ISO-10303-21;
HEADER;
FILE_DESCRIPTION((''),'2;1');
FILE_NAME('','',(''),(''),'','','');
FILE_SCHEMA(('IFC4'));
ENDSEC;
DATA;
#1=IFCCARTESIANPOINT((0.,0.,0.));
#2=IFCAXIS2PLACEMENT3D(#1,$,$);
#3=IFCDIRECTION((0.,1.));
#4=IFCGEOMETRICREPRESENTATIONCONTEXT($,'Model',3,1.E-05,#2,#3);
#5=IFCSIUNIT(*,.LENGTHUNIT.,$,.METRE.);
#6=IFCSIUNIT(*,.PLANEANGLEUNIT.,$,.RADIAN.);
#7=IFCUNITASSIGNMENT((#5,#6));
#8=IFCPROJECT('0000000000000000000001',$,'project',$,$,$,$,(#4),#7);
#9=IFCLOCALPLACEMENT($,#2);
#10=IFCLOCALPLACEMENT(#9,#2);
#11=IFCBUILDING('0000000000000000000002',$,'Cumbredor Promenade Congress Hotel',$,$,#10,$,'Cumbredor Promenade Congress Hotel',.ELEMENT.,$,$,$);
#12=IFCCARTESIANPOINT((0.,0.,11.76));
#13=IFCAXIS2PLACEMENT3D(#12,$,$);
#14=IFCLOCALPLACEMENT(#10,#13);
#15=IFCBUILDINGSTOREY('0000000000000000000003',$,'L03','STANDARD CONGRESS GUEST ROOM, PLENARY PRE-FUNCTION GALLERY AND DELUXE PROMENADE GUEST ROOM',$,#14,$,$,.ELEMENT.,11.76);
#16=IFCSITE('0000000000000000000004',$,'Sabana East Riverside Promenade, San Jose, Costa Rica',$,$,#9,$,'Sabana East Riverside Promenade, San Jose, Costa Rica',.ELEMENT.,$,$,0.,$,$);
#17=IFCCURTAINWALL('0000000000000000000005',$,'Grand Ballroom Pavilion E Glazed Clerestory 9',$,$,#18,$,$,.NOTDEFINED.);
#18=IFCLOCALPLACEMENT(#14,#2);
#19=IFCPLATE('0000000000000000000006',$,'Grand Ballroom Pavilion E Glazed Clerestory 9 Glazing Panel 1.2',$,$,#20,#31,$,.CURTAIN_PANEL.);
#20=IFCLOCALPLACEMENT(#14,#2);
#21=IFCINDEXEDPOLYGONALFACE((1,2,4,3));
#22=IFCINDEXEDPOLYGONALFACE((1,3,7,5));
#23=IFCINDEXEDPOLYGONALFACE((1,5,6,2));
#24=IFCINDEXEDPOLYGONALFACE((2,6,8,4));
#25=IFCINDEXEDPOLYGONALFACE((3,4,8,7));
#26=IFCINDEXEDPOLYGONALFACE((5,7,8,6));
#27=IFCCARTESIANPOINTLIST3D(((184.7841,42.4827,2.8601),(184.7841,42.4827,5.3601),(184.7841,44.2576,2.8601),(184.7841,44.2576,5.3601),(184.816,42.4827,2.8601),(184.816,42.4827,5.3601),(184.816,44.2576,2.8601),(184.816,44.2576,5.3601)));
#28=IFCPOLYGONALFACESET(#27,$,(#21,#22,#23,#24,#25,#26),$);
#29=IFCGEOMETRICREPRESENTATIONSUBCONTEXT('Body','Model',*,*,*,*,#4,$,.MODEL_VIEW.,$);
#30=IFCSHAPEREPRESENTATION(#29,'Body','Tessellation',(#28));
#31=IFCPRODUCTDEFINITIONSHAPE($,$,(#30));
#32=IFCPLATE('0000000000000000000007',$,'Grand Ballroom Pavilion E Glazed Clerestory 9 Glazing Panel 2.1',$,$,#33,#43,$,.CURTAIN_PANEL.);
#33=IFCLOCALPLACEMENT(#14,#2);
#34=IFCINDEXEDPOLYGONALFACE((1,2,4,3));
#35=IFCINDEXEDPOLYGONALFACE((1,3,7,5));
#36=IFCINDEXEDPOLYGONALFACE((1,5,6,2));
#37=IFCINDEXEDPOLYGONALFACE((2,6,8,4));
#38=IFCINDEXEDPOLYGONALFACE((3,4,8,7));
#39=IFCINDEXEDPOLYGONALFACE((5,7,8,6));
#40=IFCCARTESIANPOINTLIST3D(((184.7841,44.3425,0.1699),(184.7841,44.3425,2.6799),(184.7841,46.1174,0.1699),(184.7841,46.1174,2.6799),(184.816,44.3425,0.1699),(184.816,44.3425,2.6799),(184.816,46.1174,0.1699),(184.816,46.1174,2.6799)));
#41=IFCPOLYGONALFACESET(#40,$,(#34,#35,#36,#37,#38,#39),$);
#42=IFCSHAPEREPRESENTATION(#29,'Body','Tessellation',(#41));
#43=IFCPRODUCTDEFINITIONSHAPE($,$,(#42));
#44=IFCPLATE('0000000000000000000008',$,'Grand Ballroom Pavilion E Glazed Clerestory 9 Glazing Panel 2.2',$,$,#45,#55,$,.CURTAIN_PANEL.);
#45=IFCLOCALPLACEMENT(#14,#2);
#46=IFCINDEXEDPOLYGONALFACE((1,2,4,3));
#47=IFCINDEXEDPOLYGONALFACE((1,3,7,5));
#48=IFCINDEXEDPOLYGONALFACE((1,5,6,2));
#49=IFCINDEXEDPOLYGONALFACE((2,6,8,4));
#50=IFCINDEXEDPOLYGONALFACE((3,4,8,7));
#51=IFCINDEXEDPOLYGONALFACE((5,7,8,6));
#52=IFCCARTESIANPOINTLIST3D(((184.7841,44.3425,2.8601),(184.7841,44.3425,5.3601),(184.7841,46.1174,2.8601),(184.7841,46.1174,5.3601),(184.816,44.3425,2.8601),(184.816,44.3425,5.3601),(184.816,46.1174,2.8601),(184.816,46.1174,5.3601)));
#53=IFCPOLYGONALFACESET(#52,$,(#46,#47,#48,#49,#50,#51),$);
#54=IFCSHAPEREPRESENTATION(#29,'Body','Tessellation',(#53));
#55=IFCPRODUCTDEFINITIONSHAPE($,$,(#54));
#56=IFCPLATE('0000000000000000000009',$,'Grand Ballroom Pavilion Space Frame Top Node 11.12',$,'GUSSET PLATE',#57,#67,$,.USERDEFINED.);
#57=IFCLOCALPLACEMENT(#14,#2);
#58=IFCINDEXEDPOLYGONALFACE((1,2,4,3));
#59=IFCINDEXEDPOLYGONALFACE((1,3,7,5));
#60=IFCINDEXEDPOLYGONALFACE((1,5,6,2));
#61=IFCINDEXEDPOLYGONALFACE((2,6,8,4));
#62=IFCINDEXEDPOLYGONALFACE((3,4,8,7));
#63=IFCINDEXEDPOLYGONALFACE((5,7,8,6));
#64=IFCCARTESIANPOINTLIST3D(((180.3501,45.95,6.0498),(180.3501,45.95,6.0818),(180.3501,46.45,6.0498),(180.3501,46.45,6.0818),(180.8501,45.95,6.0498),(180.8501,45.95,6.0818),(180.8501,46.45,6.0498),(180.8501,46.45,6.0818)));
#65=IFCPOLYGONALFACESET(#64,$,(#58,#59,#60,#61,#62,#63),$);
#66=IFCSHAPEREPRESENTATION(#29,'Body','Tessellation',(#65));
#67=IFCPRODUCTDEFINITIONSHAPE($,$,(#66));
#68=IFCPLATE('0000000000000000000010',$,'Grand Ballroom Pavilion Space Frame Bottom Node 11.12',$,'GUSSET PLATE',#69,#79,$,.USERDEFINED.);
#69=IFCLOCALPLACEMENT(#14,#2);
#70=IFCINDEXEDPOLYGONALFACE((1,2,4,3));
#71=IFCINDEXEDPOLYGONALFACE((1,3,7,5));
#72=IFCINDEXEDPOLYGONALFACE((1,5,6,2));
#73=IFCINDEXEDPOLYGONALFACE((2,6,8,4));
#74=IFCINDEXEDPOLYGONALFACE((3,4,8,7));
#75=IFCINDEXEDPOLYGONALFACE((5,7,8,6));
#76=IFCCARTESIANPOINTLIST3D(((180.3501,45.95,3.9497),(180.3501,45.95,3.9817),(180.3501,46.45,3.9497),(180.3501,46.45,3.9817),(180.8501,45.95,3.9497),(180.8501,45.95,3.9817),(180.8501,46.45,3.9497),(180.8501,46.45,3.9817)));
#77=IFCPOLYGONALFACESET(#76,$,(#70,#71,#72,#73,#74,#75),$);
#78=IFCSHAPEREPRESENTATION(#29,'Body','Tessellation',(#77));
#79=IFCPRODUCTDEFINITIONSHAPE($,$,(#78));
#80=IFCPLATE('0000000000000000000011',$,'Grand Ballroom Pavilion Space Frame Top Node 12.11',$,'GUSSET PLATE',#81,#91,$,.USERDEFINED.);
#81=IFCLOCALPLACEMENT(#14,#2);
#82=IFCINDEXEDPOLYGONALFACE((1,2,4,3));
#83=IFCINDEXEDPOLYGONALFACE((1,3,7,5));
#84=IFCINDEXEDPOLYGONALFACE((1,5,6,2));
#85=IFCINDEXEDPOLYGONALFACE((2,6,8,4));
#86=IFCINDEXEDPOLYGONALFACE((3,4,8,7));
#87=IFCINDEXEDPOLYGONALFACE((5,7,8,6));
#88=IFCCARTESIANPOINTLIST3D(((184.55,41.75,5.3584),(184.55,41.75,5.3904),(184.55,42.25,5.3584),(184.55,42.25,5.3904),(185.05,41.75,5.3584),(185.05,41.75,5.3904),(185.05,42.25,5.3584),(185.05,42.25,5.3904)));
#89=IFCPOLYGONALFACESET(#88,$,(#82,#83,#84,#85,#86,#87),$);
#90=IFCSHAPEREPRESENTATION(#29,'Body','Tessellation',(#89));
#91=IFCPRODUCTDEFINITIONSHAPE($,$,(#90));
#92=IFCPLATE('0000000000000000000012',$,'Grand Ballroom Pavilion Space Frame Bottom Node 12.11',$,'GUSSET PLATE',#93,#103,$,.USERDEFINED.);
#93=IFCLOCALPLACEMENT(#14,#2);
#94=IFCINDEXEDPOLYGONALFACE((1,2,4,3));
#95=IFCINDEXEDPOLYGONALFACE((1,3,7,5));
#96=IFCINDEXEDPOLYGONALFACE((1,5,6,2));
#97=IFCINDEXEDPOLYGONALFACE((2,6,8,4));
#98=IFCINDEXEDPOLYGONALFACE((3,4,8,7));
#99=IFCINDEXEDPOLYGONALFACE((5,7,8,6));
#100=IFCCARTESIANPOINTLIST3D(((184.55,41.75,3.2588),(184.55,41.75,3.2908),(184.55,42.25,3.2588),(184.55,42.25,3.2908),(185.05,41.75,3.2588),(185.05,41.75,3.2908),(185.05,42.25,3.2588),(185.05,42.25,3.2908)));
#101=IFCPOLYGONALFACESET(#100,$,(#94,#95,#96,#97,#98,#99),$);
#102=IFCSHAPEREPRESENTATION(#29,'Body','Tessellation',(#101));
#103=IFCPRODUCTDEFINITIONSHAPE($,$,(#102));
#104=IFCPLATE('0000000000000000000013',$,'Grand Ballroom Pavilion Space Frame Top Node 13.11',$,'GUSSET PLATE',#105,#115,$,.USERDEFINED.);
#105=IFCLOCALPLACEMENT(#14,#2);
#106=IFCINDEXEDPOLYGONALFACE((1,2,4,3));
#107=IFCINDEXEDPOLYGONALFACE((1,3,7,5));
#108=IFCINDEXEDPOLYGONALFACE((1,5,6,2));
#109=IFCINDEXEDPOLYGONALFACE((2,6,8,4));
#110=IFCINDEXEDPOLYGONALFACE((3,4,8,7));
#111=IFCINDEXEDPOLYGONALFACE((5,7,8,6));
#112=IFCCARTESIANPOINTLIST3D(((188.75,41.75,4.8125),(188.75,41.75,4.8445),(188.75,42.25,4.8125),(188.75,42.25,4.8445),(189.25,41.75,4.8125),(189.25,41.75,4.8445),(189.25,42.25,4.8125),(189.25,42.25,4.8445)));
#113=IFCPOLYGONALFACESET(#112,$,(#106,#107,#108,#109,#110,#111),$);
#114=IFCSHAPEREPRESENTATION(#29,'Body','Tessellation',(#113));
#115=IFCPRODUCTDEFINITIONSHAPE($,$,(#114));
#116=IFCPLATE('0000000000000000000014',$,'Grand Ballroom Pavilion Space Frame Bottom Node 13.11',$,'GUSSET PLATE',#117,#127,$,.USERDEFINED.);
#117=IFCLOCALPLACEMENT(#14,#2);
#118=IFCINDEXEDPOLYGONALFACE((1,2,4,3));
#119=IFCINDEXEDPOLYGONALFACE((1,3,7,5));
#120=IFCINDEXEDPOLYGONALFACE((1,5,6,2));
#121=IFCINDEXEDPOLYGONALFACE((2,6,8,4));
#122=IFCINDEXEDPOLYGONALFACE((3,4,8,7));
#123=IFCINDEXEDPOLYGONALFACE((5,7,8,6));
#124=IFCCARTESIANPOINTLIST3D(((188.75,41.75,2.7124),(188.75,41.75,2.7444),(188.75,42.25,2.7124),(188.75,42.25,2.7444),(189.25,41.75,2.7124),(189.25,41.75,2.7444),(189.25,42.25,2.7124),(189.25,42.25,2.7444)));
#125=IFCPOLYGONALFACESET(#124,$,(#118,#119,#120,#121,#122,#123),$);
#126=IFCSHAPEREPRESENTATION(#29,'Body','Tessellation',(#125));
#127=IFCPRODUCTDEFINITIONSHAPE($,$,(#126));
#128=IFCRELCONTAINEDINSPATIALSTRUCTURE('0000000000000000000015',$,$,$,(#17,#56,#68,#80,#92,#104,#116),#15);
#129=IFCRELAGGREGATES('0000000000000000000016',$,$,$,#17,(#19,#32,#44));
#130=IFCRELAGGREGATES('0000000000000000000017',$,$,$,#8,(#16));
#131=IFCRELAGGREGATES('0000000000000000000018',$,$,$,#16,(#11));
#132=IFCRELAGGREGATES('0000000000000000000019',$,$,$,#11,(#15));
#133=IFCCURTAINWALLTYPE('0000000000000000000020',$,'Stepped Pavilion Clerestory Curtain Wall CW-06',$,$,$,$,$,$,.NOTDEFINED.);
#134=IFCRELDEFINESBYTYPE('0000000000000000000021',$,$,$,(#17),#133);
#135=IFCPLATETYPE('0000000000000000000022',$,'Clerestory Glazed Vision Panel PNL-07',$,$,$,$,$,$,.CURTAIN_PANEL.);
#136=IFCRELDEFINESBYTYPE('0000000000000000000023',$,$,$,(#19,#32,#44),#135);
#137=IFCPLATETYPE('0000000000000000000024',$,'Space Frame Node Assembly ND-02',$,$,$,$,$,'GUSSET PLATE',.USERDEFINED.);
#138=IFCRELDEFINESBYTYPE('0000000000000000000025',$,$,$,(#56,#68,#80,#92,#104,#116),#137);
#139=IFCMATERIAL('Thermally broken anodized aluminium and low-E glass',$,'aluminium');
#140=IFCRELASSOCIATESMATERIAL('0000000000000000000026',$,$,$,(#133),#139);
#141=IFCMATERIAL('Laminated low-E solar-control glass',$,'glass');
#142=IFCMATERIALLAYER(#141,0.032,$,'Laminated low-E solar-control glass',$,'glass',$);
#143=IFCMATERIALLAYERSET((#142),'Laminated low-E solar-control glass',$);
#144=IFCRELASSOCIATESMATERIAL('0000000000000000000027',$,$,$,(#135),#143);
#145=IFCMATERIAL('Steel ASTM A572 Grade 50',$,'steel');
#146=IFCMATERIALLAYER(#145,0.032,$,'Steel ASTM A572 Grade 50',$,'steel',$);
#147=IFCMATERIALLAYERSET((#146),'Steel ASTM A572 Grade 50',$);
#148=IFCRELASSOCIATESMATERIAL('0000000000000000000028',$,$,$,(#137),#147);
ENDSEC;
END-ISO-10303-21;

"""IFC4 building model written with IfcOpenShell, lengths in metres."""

from ifc_helpers import new_model, si_unit, direction, frame, origin, origin_2d, place, context, subcontext, project, spatial, rectangle, extrude, material, layer, layer_set, type_object, element, aggregate, save


model = new_model("IFC4")

# Units and contexts
model_context = context("Model", 3, precision=1e-05, world=origin(), true_north=direction((0.0, 1.0)))
body_context = subcontext(model_context, "Body", "Model", "MODEL_VIEW")
ifc_project = project(units=[si_unit("LENGTHUNIT", "METRE"), si_unit("PLANEANGLEUNIT", "RADIAN")], contexts=[model_context])

# Site, building, storey
site_placement = place(None, origin())
site = spatial("IfcSite", under=ifc_project, at=site_placement, Name="Sabana East Riverside Promenade, San Jose, Costa Rica", LongName="Sabana East Riverside Promenade, San Jose, Costa Rica", CompositionType="ELEMENT", RefElevation=0.0)
building_placement = place(site_placement, origin())
building = spatial("IfcBuilding", under=site, at=building_placement, Name="Cumbredor Promenade Congress Hotel", LongName="Cumbredor Promenade Congress Hotel", CompositionType="ELEMENT")
storey_placement = place(building_placement, frame((0.0, 0.0, 11.76)))
storey = spatial("IfcBuildingStorey", under=building, at=storey_placement, Name="L03", Description="STANDARD CONGRESS GUEST ROOM, PLENARY PRE-FUNCTION GALLERY AND DELUXE PROMENADE GUEST ROOM", CompositionType="ELEMENT", Elevation=11.76)

# Shared definitions
ifc_material_1 = material(Name="Thermally broken anodized aluminium and low-E glass", Category="aluminium")
curtain_wall_type = type_object("IfcCurtainWallType", Name="Stepped Pavilion Clerestory Curtain Wall CW-06", PredefinedType="NOTDEFINED", material=ifc_material_1)

# Curtain wall
curtain_wall_1_placement = place(storey_placement, origin())
curtain_wall_1 = element("IfcCurtainWall", 1, at=curtain_wall_1_placement, inside=storey, type_object=curtain_wall_type, Name="Grand Ballroom Pavilion E Glazed Clerestory 9", PredefinedType="NOTDEFINED")

# Plates
ifc_material_2 = material(Name="Laminated low-E solar-control glass", Category="glass")
ifc_layer_1 = layer(ifc_material_2, 0.032, Name="Laminated low-E solar-control glass", Category="glass")
ifc_layer_set_1 = layer_set([ifc_layer_1], Name="Laminated low-E solar-control glass")
plate_type_1 = type_object("IfcPlateType", Name="Clerestory Glazed Vision Panel PNL-07", PredefinedType="CURTAIN_PANEL", material=ifc_layer_set_1)
plate_1_placement = place(storey_placement, frame((184.8, 43.3701, 2.8601), z_axis=(0.0, 0.0, 1.0), x_axis=(0.0, 1.0, 0.0)))
plate_1 = element("IfcPlate", 2, at=plate_1_placement, type_object=plate_type_1, Name="Grand Ballroom Pavilion E Glazed Clerestory 9 Glazing Panel 1.2", PredefinedType="CURTAIN_PANEL", context=body_context, shape_type="SweptSolid", body=[
    extrude(rectangle(XDim=1.7749, YDim=0.032, at=origin_2d()), origin(), (0.0, 0.0, 1.0), 2.5),
])
plate_2_placement = place(storey_placement, frame((184.8, 45.23, 0.1699), z_axis=(0.0, 0.0, 1.0), x_axis=(0.0, 1.0, 0.0)))
plate_2 = element("IfcPlate", 3, at=plate_2_placement, type_object=plate_type_1, Name="Grand Ballroom Pavilion E Glazed Clerestory 9 Glazing Panel 2.1", PredefinedType="CURTAIN_PANEL", context=body_context, shape_type="SweptSolid", body=[
    extrude(rectangle(XDim=1.7749, YDim=0.032, at=origin_2d()), origin(), (0.0, 0.0, 1.0), 2.51),
])
plate_3_placement = place(storey_placement, frame((184.8, 45.23, 2.8601), z_axis=(0.0, 0.0, 1.0), x_axis=(0.0, 1.0, 0.0)))
plate_3 = element("IfcPlate", 4, at=plate_3_placement, type_object=plate_type_1, Name="Grand Ballroom Pavilion E Glazed Clerestory 9 Glazing Panel 2.2", PredefinedType="CURTAIN_PANEL", context=body_context, shape_type="SweptSolid", body=[
    extrude(rectangle(XDim=1.7749, YDim=0.032, at=origin_2d()), origin(), (0.0, 0.0, 1.0), 2.5),
])
aggregate(curtain_wall_1, [plate_1, plate_2, plate_3])

# Plates
ifc_material_3 = material(Name="Steel ASTM A572 Grade 50", Category="steel")
ifc_layer_2 = layer(ifc_material_3, 0.032, Name="Steel ASTM A572 Grade 50", Category="steel")
ifc_layer_set_2 = layer_set([ifc_layer_2], Name="Steel ASTM A572 Grade 50")
plate_type_2 = type_object("IfcPlateType", Name="Space Frame Node Assembly ND-02", ElementType="GUSSET PLATE", PredefinedType="USERDEFINED", material=ifc_layer_set_2)
for number, where, z_axis, x_axis, name in (
    (5, (180.6001, 46.2, 6.0498), (0.0, 0.0, 1.0), (1.0, 0.0, 0.0), "Grand Ballroom Pavilion Space Frame Top Node 11.12"),
    (6, (180.6001, 46.2, 3.9497), (0.0, 0.0, 1.0), (1.0, 0.0, 0.0), "Grand Ballroom Pavilion Space Frame Bottom Node 11.12"),
    (7, (184.8, 42.0, 5.3584), (0.0, 0.0, 1.0), (1.0, 0.0, 0.0), "Grand Ballroom Pavilion Space Frame Top Node 12.11"),
    (8, (184.8, 42.0, 3.2588), (0.0, 0.0, 1.0), (1.0, 0.0, 0.0), "Grand Ballroom Pavilion Space Frame Bottom Node 12.11"),
    (9, (189.0, 42.0, 4.8125), (0.0, 0.0, 1.0), (1.0, 0.0, 0.0), "Grand Ballroom Pavilion Space Frame Top Node 13.11"),
    (10, (189.0, 42.0, 2.7124), (0.0, 0.0, 1.0), (1.0, 0.0, 0.0), "Grand Ballroom Pavilion Space Frame Bottom Node 13.11"),
):
    element("IfcPlate", number, at=place(storey_placement, frame(where, z_axis=z_axis, x_axis=x_axis)), inside=storey, type_object=plate_type_2, Name=name, ObjectType="GUSSET PLATE", PredefinedType="USERDEFINED", context=body_context, shape_type="SweptSolid", body=[
        extrude(rectangle(XDim=0.5, YDim=0.5, at=origin_2d()), origin(), (0.0, 0.0, 1.0), 0.032),
    ])

save(model, "model.ifc")
